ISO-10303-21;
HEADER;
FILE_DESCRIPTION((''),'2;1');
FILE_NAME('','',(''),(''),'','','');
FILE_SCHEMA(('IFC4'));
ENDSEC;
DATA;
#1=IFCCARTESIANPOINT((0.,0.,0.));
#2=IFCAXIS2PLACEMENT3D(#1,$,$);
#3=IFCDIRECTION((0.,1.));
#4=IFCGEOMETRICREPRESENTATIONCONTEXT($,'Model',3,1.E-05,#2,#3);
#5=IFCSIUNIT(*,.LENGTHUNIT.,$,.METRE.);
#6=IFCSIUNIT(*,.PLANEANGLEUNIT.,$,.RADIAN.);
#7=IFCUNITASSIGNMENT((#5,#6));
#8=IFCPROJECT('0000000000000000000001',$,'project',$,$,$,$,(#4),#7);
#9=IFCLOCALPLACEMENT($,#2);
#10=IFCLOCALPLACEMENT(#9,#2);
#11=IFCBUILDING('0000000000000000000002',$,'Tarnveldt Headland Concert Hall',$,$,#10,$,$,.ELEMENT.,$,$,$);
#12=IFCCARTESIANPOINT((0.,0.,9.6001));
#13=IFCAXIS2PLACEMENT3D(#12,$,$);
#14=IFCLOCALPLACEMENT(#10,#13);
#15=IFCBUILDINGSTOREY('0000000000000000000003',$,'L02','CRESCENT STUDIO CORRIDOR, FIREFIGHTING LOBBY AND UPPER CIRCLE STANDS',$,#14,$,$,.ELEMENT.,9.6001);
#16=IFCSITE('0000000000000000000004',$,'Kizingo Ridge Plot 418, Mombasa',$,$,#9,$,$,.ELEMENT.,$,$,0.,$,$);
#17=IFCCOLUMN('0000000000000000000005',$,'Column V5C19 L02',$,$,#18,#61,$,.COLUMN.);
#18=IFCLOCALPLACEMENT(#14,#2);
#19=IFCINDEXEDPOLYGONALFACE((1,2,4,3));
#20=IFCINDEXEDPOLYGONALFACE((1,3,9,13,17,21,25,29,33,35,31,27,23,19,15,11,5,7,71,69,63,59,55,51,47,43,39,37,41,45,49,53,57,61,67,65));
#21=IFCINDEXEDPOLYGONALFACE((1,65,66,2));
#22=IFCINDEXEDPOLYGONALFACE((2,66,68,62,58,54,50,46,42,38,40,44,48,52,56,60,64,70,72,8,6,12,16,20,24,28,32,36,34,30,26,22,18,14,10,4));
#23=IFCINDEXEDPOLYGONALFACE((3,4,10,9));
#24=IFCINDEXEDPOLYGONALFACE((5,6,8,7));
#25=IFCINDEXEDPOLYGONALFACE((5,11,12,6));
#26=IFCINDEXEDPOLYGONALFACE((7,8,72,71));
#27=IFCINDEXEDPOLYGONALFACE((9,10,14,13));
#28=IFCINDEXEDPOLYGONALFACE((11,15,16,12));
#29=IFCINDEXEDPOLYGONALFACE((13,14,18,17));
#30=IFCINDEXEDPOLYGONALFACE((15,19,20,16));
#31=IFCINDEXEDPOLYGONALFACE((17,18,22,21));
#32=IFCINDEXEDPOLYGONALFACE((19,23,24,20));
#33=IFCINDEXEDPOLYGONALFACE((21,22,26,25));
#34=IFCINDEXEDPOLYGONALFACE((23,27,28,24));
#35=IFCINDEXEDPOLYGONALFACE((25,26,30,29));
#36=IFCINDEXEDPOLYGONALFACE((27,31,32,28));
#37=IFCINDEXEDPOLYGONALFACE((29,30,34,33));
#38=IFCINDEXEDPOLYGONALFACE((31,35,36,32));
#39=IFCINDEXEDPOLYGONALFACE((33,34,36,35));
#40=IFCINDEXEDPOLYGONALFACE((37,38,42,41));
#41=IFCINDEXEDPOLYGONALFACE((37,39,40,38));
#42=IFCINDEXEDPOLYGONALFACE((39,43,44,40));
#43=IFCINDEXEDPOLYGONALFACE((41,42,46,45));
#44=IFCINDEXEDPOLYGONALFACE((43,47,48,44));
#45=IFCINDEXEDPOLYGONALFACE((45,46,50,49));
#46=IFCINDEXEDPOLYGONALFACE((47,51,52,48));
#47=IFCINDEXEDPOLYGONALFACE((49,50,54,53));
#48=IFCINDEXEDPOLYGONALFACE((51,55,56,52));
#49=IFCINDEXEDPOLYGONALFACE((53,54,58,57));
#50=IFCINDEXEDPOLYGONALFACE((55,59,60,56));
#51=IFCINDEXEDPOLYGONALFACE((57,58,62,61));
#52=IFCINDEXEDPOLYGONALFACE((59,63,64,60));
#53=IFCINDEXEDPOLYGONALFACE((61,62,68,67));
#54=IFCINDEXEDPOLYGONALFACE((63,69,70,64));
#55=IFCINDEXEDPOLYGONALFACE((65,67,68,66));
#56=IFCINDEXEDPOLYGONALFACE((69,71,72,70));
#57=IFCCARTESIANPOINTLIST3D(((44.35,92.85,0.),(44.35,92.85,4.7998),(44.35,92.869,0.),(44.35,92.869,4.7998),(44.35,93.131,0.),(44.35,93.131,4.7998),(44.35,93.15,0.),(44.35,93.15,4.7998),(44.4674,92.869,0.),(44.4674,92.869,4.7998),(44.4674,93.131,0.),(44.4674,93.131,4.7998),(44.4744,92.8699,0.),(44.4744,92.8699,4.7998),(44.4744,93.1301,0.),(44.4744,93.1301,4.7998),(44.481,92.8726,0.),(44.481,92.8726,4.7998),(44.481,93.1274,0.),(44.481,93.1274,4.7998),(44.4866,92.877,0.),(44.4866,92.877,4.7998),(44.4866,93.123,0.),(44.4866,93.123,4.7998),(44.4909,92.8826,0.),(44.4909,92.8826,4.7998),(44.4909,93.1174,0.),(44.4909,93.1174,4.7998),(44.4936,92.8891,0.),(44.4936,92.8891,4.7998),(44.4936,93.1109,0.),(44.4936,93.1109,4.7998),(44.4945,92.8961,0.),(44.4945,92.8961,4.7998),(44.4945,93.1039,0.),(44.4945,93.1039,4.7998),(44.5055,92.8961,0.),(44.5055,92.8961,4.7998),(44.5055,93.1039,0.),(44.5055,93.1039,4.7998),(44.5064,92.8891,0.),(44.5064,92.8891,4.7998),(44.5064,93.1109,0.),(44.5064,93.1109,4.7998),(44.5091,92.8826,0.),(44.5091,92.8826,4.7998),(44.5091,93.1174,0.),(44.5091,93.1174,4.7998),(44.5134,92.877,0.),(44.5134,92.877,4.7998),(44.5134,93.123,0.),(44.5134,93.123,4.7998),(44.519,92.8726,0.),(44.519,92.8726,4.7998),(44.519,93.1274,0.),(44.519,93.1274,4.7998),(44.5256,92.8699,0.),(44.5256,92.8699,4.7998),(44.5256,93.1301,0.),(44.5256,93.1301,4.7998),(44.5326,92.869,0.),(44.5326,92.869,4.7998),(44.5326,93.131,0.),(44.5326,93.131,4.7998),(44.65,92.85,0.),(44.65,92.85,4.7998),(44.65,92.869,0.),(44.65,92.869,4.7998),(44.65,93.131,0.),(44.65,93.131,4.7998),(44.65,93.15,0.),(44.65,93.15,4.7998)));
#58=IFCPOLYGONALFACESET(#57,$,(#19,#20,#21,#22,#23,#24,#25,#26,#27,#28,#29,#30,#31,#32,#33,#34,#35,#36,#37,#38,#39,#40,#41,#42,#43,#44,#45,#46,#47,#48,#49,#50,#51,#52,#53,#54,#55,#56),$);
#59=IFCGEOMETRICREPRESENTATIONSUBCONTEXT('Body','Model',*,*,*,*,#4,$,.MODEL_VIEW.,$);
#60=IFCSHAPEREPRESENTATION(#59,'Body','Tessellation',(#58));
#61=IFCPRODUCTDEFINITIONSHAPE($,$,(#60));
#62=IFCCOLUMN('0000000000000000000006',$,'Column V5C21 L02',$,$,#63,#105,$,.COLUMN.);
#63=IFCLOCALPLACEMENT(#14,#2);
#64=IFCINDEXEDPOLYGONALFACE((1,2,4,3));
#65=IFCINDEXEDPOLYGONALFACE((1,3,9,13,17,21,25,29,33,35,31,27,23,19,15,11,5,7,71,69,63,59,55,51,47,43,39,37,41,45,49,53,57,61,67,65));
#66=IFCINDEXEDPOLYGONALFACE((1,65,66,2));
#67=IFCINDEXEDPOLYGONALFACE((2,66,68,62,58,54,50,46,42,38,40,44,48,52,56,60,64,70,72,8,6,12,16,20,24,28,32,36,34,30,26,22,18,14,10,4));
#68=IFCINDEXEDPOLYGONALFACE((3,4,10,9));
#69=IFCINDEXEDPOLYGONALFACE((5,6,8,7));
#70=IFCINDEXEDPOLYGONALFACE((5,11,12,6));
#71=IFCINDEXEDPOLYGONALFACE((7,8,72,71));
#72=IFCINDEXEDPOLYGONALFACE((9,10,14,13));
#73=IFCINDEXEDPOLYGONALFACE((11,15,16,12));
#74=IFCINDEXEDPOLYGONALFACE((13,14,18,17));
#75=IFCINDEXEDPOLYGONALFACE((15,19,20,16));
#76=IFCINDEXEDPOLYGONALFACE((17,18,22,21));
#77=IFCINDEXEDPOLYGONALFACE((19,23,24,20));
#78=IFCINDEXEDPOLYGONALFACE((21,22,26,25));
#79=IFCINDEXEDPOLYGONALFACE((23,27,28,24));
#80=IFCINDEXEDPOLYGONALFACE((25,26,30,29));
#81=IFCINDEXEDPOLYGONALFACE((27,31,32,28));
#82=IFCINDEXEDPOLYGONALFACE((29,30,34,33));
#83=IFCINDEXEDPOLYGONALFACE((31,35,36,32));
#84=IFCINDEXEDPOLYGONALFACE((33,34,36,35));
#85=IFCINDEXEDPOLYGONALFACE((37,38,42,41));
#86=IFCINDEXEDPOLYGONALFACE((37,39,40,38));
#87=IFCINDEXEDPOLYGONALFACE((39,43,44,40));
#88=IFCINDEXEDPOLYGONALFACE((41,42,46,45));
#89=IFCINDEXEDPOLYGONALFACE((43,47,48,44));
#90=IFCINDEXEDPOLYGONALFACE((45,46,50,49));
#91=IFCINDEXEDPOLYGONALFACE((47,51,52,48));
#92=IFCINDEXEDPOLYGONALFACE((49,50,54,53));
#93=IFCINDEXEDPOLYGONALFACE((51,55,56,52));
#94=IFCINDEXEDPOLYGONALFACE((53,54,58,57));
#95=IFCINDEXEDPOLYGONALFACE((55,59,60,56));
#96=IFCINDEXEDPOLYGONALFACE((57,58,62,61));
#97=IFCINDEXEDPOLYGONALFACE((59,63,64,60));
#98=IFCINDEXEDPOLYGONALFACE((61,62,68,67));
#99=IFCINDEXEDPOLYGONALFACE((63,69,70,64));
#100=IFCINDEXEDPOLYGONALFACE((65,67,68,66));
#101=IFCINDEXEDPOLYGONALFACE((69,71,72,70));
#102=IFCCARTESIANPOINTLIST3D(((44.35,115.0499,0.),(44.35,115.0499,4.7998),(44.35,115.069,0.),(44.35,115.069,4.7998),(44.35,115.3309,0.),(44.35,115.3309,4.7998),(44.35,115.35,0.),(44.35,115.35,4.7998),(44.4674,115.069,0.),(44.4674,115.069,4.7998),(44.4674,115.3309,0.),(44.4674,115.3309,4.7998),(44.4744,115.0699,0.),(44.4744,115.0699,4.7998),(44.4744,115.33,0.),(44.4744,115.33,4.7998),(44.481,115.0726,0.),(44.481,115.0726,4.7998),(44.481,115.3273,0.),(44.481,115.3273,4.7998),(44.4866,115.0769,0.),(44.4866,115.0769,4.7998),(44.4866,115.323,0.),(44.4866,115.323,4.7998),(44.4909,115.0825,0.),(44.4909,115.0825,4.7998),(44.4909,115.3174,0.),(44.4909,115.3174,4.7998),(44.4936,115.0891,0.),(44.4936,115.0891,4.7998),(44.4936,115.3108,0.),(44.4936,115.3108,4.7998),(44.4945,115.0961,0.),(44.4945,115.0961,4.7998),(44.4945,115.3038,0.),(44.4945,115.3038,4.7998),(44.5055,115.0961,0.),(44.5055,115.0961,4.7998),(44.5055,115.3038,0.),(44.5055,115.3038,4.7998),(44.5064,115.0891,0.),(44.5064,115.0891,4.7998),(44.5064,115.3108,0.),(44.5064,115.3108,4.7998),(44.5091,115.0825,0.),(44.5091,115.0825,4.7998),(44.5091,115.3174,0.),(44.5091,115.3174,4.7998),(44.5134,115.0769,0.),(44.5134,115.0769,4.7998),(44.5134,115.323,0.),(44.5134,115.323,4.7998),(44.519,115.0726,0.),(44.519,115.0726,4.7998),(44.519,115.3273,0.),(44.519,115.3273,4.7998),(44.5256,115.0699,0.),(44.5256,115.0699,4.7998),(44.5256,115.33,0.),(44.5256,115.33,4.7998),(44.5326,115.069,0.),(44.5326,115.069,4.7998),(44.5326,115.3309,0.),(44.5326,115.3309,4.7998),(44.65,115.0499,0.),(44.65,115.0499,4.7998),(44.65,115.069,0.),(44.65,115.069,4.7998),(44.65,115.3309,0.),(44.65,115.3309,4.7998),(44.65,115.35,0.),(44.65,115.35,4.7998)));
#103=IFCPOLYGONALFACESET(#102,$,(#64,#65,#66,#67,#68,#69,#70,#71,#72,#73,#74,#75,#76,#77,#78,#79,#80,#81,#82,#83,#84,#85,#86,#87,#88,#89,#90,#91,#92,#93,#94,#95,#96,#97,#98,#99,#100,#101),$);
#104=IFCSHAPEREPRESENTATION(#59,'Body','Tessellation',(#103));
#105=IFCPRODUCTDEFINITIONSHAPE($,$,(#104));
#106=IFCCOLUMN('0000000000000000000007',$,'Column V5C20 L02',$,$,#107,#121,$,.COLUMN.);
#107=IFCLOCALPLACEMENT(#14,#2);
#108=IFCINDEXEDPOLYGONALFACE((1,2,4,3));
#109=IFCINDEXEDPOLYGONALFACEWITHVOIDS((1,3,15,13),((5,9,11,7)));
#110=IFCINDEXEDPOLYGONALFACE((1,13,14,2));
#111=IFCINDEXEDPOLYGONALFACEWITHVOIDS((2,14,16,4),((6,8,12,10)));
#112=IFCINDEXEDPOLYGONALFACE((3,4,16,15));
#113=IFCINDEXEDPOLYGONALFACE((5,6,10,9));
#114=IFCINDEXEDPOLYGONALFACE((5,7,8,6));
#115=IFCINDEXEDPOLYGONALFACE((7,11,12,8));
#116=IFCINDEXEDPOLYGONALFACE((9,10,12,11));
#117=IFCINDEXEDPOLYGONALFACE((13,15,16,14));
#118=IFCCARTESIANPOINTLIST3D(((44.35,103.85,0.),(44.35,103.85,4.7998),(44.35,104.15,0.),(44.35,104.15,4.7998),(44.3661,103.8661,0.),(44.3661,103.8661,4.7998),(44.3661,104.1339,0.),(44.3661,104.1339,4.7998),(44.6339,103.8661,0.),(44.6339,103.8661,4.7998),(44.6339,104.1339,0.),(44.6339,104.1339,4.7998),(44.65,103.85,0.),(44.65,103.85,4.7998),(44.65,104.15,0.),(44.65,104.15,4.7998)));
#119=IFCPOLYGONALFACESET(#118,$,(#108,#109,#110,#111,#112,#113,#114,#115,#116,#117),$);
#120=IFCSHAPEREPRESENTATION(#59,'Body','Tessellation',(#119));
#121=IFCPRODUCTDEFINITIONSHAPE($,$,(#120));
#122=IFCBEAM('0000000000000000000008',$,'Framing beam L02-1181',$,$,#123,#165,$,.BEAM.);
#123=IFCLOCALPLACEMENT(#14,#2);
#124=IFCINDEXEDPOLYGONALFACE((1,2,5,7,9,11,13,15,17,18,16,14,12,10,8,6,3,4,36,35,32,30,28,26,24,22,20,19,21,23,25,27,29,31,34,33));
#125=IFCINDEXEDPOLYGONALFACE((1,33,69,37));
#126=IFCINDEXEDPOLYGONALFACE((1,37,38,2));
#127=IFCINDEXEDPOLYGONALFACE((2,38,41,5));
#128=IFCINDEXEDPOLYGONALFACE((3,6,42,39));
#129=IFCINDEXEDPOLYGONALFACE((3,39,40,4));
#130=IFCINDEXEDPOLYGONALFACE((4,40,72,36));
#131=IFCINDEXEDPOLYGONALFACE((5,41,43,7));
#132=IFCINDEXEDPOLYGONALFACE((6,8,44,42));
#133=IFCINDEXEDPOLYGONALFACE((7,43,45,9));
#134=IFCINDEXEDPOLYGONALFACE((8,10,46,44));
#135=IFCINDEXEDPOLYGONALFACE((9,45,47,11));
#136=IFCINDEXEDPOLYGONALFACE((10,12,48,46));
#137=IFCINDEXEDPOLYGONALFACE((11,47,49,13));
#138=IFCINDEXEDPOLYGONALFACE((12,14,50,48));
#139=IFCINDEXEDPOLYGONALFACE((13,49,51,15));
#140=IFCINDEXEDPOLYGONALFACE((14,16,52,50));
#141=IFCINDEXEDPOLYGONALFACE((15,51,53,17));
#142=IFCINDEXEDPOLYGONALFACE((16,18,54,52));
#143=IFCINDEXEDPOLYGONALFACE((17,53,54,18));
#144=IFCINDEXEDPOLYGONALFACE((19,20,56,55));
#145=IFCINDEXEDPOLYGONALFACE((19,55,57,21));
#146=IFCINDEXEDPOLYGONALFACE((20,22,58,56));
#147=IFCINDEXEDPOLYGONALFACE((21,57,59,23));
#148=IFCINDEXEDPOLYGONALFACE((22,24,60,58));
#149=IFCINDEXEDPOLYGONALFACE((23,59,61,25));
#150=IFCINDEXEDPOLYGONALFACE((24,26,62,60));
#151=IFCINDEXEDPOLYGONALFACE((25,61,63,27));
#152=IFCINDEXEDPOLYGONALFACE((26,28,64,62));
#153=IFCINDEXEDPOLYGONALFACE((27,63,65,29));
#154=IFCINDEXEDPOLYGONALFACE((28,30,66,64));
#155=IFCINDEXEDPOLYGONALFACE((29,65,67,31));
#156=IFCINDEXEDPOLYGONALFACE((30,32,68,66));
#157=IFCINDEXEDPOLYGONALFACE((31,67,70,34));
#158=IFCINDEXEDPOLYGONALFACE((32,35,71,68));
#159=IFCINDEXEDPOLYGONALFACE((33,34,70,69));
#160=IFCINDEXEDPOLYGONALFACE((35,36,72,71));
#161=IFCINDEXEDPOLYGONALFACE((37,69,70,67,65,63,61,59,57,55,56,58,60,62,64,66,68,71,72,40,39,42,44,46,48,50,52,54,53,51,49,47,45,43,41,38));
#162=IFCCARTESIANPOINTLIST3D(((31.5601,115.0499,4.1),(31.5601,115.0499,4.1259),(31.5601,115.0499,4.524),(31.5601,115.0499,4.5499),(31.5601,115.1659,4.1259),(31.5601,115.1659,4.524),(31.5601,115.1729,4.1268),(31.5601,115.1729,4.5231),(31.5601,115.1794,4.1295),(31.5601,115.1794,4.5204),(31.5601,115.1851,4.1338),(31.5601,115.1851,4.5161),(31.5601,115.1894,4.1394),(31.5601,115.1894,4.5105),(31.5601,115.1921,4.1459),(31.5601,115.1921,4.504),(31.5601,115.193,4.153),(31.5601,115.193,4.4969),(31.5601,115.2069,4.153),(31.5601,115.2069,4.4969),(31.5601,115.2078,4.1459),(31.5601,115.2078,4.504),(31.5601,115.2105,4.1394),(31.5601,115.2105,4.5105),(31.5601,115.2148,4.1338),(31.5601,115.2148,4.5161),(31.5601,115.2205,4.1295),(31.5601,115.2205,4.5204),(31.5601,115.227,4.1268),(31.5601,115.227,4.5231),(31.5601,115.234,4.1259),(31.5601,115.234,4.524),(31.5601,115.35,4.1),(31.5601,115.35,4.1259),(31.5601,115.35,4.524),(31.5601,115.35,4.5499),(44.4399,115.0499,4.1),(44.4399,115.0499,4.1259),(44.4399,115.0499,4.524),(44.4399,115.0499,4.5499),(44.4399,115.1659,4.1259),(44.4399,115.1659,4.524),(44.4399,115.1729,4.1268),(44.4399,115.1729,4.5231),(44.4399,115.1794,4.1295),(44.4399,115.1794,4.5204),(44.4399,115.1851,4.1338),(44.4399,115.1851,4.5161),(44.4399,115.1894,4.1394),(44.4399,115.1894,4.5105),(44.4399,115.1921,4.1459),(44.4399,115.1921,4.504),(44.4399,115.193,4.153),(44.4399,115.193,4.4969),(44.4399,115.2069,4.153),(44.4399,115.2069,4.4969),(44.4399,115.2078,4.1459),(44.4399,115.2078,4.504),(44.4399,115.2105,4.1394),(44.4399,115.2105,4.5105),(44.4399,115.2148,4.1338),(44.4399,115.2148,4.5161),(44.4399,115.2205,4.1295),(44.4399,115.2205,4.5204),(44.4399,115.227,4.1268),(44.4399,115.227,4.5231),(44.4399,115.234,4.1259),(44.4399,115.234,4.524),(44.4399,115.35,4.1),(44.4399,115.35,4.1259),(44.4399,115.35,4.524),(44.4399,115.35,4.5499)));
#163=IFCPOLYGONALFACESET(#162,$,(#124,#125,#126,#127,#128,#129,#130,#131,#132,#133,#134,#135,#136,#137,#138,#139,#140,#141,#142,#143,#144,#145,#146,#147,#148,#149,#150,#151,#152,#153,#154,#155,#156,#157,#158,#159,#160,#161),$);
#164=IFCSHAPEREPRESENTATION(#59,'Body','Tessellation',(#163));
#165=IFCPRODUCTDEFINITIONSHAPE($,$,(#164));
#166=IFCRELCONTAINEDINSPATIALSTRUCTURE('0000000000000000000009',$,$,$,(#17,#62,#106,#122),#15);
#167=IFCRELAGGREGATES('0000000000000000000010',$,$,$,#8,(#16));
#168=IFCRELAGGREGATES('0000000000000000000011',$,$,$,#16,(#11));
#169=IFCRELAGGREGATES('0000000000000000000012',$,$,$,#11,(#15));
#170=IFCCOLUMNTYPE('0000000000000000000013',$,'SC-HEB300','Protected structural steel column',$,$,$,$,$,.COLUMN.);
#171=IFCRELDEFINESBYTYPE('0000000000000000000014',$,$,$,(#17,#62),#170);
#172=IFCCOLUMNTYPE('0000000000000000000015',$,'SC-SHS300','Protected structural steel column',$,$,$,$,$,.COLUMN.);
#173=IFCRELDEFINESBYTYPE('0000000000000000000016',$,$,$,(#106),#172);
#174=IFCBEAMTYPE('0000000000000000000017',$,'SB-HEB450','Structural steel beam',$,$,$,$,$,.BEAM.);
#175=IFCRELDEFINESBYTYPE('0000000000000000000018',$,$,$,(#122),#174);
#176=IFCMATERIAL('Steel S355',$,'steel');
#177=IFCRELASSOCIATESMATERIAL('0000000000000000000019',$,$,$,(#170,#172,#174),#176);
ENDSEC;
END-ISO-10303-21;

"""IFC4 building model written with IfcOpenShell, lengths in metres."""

from ifc_helpers import new_model, si_unit, direction, frame, origin, origin_2d, place, context, subcontext, project, spatial, hollow_rectangle, i_section, extrude, material, material_profile, profile_set, type_object, element, save


model = new_model("IFC4")

# Units and contexts
model_context = context("Model", 3, precision=1e-05, world=origin(), true_north=direction((0.0, 1.0)))
body_context = subcontext(model_context, "Body", "Model", "MODEL_VIEW")
ifc_project = project(units=[si_unit("LENGTHUNIT", "METRE"), si_unit("PLANEANGLEUNIT", "RADIAN")], contexts=[model_context])

# Site, building, storey
site_placement = place(None, origin())
site = spatial("IfcSite", under=ifc_project, at=site_placement, Name="Kizingo Ridge Plot 418, Mombasa", CompositionType="ELEMENT", RefElevation=0.0)
building_placement = place(site_placement, origin())
building = spatial("IfcBuilding", under=site, at=building_placement, Name="Tarnveldt Headland Concert Hall", CompositionType="ELEMENT")
storey_placement = place(building_placement, frame((0.0, 0.0, 9.6001)))
storey = spatial("IfcBuildingStorey", under=building, at=storey_placement, Name="L02", Description="CRESCENT STUDIO CORRIDOR, FIREFIGHTING LOBBY AND UPPER CIRCLE STANDS", CompositionType="ELEMENT", Elevation=9.6001)

# Columns
ifc_material_1 = material(Name="Steel S355", Category="steel")
ifc_material_profile_1 = material_profile(ifc_material_1, i_section(OverallWidth=0.3, OverallDepth=0.3, WebThickness=0.011, FlangeThickness=0.019, FilletRadius=0.0271, at=origin_2d()), Name="HEB300", Category="steel")
ifc_profile_set_1 = profile_set([ifc_material_profile_1], Name="Steel S355")
column_type_1 = type_object("IfcColumnType", Name="SC-HEB300", Description="Protected structural steel column", PredefinedType="COLUMN", material=ifc_profile_set_1)
for number, where, z_axis, x_axis, name in (
    (1, (44.5, 93.0, 0.0), (0.0, 0.0, 1.0), (1.0, 0.0, 0.0), "Column V5C19 L02"),
    (2, (44.5, 115.2, 0.0), (0.0, 0.0, 1.0), (1.0, 0.0, 0.0), "Column V5C21 L02"),
):
    element("IfcColumn", number, at=place(storey_placement, frame(where, z_axis=z_axis, x_axis=x_axis)), inside=storey, type_object=column_type_1, Name=name, PredefinedType="COLUMN", context=body_context, shape_type="SweptSolid", body=[
        extrude(i_section(OverallWidth=0.3, OverallDepth=0.3, WebThickness=0.011, FlangeThickness=0.019, FilletRadius=0.0271, at=origin_2d()), origin(), (0.0, 0.0, 1.0), 4.7998),
    ])
ifc_material_profile_2 = material_profile(ifc_material_1, hollow_rectangle(XDim=0.3, YDim=0.3, WallThickness=0.0161, at=origin_2d()), Name="SHS 300x300x16", Category="steel")
ifc_profile_set_2 = profile_set([ifc_material_profile_2], Name="Steel S355")
column_type_2 = type_object("IfcColumnType", Name="SC-SHS300", Description="Protected structural steel column", PredefinedType="COLUMN", material=ifc_profile_set_2)
column_placement = place(storey_placement, frame((44.5, 104.0, 0.0), z_axis=(0.0, 0.0, 1.0), x_axis=(1.0, 0.0, 0.0)))
element("IfcColumn", 3, at=column_placement, inside=storey, type_object=column_type_2, Name="Column V5C20 L02", PredefinedType="COLUMN", context=body_context, shape_type="SweptSolid", body=[
    extrude(hollow_rectangle(XDim=0.3, YDim=0.3, WallThickness=0.0161, at=origin_2d()), origin(), (0.0, 0.0, 1.0), 4.7998),
])

# Beam
ifc_material_profile_3 = material_profile(ifc_material_1, i_section(OverallWidth=0.3, OverallDepth=0.45, WebThickness=0.0139, FlangeThickness=0.0259, FilletRadius=0.0271, at=origin_2d()), Name="HEB450", Category="steel")
ifc_profile_set_3 = profile_set([ifc_material_profile_3], Name="Steel S355")
beam_type_1 = type_object("IfcBeamType", Name="SB-HEB450", Description="Structural steel beam", PredefinedType="BEAM", material=ifc_profile_set_3)
beam_1_placement = place(storey_placement, frame((31.5601, 115.2, 4.325), z_axis=(1.0, 0.0, 0.0), x_axis=(0.0, 1.0, 0.0)))
element("IfcBeam", 4, at=beam_1_placement, inside=storey, type_object=beam_type_1, Name="Framing beam L02-1181", PredefinedType="BEAM", context=body_context, shape_type="SweptSolid", body=[
    extrude(i_section(OverallWidth=0.3, OverallDepth=0.45, WebThickness=0.0139, FlangeThickness=0.0259, FilletRadius=0.0271, at=origin_2d()), origin(), (0.0, 0.0, 1.0), 12.8799),
])

save(model, "model.ifc")
